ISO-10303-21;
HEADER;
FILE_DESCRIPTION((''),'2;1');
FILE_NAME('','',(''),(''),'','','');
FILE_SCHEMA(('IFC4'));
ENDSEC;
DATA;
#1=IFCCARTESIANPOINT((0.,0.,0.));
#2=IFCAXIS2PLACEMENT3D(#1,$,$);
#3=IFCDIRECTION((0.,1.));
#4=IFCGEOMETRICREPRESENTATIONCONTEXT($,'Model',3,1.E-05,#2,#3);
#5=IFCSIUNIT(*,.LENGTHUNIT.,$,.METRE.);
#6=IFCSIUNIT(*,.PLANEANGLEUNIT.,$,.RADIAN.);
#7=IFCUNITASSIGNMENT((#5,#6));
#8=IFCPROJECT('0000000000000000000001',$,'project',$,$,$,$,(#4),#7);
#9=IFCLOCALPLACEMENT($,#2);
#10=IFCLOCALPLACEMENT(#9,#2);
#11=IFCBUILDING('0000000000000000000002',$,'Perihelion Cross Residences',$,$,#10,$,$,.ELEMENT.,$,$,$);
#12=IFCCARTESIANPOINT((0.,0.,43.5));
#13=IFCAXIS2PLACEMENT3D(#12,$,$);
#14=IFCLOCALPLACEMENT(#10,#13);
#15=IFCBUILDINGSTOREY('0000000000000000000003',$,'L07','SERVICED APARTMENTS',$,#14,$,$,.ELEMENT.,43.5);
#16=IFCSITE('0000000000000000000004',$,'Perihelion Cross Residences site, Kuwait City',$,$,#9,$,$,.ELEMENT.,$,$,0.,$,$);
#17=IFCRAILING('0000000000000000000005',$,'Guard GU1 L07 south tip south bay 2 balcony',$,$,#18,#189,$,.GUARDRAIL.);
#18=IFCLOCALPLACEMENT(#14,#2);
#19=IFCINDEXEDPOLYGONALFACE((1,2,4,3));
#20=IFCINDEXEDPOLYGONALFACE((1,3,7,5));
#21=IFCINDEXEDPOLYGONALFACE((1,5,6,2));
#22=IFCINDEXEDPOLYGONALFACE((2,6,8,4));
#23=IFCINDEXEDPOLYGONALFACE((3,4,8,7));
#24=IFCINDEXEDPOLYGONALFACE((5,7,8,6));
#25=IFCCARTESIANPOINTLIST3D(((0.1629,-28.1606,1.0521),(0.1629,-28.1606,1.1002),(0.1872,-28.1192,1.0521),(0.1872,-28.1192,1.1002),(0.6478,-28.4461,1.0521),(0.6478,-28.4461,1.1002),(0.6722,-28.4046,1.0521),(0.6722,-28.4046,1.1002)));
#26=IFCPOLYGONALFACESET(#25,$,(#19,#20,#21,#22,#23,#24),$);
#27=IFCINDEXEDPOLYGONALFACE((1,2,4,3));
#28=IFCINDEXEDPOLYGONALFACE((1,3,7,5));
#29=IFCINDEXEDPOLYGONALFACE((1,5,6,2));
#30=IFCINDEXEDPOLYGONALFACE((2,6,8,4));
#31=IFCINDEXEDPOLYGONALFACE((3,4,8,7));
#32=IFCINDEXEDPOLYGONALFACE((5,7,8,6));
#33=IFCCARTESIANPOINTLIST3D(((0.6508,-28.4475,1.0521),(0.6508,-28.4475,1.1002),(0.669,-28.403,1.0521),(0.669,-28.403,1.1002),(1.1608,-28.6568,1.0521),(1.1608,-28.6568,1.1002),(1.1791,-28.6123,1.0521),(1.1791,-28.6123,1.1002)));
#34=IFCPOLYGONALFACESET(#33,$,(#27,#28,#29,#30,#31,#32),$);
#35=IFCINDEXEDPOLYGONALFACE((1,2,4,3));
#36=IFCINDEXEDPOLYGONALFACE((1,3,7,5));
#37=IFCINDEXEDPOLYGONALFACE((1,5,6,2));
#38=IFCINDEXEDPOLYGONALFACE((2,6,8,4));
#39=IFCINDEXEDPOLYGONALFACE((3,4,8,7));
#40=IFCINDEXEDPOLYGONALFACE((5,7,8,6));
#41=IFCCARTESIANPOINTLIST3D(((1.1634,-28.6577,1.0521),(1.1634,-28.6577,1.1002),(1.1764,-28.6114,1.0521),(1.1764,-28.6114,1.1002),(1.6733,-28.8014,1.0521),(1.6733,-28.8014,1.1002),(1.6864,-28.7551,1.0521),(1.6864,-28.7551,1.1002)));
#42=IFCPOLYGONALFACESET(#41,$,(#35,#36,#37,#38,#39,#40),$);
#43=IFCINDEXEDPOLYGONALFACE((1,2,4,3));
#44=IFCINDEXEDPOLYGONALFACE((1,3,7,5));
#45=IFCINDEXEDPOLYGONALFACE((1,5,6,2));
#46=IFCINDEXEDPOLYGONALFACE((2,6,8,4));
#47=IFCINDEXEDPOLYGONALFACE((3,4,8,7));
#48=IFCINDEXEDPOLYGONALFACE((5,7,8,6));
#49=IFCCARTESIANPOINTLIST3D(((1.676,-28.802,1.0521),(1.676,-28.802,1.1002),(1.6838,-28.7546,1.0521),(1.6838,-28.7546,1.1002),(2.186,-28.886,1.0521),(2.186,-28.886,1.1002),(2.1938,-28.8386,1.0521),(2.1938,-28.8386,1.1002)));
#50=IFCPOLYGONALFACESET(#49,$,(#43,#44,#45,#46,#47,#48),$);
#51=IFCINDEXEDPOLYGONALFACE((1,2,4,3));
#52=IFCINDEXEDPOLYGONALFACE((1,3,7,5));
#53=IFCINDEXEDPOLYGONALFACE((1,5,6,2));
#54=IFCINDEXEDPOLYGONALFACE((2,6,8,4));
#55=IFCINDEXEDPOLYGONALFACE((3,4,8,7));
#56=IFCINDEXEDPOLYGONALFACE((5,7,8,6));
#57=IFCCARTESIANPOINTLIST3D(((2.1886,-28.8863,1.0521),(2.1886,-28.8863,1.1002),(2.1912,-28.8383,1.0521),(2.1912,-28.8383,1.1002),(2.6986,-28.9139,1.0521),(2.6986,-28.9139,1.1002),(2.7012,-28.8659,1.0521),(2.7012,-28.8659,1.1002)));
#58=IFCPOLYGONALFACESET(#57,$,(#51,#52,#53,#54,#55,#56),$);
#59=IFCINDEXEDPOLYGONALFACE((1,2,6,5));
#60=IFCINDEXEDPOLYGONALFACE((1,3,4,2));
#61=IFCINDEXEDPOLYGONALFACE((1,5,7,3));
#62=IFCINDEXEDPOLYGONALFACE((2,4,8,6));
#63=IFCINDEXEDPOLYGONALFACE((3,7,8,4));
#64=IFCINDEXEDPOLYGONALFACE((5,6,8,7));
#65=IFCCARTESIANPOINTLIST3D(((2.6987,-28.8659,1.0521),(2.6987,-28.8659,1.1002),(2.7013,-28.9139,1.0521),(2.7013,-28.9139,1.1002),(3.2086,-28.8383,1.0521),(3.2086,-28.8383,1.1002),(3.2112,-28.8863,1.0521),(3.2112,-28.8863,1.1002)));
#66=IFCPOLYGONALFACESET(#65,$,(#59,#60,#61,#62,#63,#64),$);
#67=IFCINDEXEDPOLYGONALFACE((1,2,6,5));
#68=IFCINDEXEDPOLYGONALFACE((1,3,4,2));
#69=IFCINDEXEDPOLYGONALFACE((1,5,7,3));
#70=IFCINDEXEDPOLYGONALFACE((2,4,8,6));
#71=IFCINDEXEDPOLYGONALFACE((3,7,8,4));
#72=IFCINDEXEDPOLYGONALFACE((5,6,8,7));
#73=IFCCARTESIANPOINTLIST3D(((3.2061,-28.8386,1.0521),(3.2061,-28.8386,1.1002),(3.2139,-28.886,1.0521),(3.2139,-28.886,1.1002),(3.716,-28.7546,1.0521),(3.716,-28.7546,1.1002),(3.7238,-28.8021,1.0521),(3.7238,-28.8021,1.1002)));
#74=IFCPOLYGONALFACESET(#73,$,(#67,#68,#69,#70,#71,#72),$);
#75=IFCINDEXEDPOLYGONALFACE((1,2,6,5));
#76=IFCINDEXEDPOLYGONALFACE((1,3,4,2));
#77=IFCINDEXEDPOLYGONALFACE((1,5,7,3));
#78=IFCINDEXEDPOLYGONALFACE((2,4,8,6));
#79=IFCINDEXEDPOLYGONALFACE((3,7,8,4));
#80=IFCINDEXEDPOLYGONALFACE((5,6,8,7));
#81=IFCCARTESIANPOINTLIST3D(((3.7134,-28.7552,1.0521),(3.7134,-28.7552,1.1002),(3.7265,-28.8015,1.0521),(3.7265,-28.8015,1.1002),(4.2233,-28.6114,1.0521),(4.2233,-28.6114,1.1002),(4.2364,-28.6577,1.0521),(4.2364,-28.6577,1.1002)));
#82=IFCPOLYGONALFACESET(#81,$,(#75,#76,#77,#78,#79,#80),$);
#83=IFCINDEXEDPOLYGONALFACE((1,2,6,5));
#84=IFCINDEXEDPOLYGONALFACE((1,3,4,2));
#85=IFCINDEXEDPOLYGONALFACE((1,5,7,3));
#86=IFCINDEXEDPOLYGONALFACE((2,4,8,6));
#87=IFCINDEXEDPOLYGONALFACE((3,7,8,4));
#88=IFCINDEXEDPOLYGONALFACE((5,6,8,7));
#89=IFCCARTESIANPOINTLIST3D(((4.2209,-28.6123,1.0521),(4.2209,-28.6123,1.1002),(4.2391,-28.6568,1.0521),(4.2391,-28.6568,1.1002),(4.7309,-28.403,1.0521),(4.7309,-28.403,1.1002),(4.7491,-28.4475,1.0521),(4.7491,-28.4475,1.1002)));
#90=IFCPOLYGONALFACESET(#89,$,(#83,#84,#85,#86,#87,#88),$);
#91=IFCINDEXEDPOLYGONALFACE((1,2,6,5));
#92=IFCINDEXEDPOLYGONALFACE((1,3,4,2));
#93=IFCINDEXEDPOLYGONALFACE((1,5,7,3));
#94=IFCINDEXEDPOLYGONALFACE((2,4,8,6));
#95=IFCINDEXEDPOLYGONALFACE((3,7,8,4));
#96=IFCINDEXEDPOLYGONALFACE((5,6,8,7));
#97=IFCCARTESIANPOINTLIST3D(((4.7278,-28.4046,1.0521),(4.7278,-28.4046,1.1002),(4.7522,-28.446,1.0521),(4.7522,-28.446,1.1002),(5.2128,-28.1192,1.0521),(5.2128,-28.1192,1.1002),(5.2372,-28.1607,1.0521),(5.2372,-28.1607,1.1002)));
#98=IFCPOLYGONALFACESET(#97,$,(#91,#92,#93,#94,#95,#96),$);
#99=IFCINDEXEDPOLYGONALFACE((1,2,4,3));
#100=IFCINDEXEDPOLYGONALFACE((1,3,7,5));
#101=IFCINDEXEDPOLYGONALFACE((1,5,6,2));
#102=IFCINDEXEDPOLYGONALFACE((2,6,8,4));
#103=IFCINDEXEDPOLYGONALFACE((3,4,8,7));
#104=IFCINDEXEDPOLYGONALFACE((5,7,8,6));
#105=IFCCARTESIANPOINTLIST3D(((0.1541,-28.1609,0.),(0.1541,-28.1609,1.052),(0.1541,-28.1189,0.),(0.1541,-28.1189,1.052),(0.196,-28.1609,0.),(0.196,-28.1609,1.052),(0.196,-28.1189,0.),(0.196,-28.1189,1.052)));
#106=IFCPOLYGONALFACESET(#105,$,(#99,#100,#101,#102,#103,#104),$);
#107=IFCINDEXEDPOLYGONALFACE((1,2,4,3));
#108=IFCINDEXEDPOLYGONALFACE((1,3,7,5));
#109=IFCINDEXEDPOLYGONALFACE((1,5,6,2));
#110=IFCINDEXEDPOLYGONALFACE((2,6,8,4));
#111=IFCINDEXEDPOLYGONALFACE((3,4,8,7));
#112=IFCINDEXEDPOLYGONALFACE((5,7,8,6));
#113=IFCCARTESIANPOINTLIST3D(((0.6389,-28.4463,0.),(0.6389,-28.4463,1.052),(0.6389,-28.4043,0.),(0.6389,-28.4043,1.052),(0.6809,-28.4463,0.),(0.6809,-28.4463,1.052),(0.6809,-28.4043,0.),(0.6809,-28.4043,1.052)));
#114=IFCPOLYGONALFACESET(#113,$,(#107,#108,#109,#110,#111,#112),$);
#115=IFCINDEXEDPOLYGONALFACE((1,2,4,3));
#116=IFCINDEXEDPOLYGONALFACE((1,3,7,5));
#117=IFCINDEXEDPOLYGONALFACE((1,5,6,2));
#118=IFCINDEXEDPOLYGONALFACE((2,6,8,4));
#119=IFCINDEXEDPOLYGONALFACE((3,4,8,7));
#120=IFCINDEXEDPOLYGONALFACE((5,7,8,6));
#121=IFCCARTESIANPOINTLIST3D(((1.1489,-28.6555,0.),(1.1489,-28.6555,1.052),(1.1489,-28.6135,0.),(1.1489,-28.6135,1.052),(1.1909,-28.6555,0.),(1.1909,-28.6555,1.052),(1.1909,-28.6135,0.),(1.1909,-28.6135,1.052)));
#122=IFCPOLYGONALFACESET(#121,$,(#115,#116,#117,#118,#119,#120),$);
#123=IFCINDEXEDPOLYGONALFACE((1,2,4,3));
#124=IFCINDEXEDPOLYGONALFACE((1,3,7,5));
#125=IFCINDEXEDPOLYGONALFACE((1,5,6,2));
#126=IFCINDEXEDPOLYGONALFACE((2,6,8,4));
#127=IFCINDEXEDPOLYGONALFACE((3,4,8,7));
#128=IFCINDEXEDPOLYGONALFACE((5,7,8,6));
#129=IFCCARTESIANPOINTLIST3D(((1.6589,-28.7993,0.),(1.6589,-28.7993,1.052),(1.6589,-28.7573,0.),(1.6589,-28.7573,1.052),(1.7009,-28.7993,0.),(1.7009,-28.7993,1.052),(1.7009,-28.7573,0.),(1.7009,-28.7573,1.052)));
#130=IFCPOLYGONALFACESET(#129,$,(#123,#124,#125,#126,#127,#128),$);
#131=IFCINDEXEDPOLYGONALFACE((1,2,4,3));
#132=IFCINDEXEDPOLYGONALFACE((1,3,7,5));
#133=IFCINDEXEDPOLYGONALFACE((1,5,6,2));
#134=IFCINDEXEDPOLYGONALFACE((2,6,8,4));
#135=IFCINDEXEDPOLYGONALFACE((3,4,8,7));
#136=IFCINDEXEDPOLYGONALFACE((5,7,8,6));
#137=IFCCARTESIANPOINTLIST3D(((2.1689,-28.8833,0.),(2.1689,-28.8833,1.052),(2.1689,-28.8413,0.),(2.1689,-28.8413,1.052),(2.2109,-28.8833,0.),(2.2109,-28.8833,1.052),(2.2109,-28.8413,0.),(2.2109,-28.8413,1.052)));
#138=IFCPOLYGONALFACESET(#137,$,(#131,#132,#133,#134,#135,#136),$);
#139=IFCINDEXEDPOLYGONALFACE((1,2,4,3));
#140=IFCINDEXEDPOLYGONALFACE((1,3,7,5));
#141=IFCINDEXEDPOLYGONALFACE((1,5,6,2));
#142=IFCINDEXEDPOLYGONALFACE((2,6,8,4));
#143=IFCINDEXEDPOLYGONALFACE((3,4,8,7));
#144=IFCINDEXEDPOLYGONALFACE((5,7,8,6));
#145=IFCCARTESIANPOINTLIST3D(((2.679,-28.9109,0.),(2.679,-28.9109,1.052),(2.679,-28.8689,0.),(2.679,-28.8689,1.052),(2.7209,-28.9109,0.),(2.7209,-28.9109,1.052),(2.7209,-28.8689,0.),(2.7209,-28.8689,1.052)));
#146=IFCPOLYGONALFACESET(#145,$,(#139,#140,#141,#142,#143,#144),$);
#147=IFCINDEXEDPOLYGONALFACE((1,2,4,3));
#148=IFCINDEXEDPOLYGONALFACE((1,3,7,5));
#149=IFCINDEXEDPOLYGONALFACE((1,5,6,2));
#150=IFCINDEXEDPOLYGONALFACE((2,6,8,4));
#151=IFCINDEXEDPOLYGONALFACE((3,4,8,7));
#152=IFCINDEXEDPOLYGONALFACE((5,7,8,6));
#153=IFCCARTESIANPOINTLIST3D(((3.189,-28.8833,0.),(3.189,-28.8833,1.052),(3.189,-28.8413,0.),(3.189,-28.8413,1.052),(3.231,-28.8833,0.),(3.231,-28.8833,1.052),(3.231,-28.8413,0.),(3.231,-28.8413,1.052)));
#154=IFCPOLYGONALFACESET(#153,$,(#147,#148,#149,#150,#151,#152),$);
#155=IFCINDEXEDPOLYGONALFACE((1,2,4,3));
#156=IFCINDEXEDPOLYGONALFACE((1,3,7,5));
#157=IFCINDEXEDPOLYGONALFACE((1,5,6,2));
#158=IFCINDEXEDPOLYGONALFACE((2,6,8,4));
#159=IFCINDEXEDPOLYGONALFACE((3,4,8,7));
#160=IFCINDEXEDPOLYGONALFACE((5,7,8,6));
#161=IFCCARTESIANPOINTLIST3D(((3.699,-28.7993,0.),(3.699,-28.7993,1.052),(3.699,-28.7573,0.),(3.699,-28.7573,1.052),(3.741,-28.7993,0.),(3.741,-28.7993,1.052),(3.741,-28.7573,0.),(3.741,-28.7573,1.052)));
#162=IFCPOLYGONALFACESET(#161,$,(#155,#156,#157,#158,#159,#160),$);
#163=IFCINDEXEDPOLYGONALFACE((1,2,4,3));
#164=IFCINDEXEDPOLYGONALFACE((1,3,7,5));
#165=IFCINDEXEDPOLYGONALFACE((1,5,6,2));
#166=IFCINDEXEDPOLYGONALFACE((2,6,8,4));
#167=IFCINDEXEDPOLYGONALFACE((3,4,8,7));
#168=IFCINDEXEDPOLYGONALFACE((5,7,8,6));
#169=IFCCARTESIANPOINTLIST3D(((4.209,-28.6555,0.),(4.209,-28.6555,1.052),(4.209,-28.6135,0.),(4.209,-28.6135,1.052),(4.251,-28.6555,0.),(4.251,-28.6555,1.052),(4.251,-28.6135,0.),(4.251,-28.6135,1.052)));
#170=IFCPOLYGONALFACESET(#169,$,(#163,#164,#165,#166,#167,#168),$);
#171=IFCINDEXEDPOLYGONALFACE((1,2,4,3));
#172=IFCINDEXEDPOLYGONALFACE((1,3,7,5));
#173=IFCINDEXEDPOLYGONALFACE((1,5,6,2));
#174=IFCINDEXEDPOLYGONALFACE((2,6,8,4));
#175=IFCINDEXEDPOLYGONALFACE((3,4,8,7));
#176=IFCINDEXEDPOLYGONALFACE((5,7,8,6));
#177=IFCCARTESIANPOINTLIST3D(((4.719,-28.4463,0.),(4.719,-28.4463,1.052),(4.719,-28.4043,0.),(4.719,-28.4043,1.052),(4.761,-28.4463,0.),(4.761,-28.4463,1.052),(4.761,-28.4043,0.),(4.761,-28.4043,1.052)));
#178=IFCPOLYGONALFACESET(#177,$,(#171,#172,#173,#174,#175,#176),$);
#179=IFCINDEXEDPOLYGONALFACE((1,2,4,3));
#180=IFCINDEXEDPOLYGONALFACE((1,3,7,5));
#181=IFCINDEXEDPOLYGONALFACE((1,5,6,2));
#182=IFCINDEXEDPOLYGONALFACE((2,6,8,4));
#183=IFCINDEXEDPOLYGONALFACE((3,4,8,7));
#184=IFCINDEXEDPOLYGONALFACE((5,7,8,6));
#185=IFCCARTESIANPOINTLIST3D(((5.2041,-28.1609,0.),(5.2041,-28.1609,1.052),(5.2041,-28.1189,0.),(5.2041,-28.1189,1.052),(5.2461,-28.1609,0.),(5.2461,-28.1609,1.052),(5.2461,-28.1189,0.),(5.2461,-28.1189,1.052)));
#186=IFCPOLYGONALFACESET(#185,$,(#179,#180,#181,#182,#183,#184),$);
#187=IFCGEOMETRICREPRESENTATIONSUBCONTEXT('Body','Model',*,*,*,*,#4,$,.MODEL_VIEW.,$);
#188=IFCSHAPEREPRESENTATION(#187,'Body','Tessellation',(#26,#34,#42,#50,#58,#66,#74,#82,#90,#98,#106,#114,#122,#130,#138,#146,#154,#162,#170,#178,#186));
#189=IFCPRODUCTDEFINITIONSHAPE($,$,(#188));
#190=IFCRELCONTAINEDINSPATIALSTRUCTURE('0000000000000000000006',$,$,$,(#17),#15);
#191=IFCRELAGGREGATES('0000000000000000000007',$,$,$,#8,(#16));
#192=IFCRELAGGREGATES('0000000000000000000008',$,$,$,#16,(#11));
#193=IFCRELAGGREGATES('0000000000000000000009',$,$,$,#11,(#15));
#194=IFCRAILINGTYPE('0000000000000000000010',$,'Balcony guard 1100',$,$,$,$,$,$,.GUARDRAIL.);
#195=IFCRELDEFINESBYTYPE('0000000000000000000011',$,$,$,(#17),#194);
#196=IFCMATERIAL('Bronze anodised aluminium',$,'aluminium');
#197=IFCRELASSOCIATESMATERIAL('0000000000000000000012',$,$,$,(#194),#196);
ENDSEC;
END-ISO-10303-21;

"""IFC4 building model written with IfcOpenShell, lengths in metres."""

from ifc_helpers import new_model, si_unit, direction, frame, origin, origin_2d, place, context, subcontext, project, spatial, rectangle, extrude, material, type_object, element, save


model = new_model("IFC4")

# Units and contexts
model_context = context("Model", 3, precision=1e-05, world=origin(), true_north=direction((0.0, 1.0)))
body_context = subcontext(model_context, "Body", "Model", "MODEL_VIEW")
ifc_project = project(units=[si_unit("LENGTHUNIT", "METRE"), si_unit("PLANEANGLEUNIT", "RADIAN")], contexts=[model_context])

# Site, building, storey
site_placement = place(None, origin())
site = spatial("IfcSite", under=ifc_project, at=site_placement, Name="Perihelion Cross Residences site, Kuwait City", CompositionType="ELEMENT", RefElevation=0.0)
building_placement = place(site_placement, origin())
building = spatial("IfcBuilding", under=site, at=building_placement, Name="Perihelion Cross Residences", CompositionType="ELEMENT")
storey_placement = place(building_placement, frame((0.0, 0.0, 43.5)))
storey = spatial("IfcBuildingStorey", under=building, at=storey_placement, Name="L07", Description="SERVICED APARTMENTS", CompositionType="ELEMENT", Elevation=43.5)

# Railing
ifc_material_1 = material(Name="Bronze anodised aluminium", Category="aluminium")
railing_type = type_object("IfcRailingType", Name="Balcony guard 1100", PredefinedType="GUARDRAIL", material=ifc_material_1)
railing_placement = place(storey_placement, frame((0.175, -28.1399, 0.0)))
element("IfcRailing", 1, at=railing_placement, inside=storey, type_object=railing_type, Name="Guard GU1 L07 south tip south bay 2 balcony", PredefinedType="GUARDRAIL", context=body_context, shape_type="SweptSolid", body=[
    extrude(rectangle(XDim=0.0481, YDim=0.0481, at=origin_2d()), frame((0.0, 0.0, 1.0762), z_axis=(0.861789, -0.507267, 0.0), x_axis=(0.507267, 0.861789, 0.0)), (0.0, 0.0, 1.0), 0.5627),
    extrude(rectangle(XDim=0.0481, YDim=0.0481, at=origin_2d()), frame((0.4849, -0.2854, 1.0762), z_axis=(0.925173, -0.379547, 0.0), x_axis=(0.379547, 0.925173, 0.0)), (0.0, 0.0, 1.0), 0.5513),
    extrude(rectangle(XDim=0.0481, YDim=0.0481, at=origin_2d()), frame((0.9949, -0.4946, 1.0762), z_axis=(0.962474, -0.271373, 0.0), x_axis=(0.271373, 0.962474, 0.0)), (0.0, 0.0, 1.0), 0.5298),
    extrude(rectangle(XDim=0.0481, YDim=0.0481, at=origin_2d()), frame((1.5049, -0.6384, 1.0762), z_axis=(0.986711, -0.162484, 0.0), x_axis=(0.162484, 0.986711, 0.0)), (0.0, 0.0, 1.0), 0.5168),
    extrude(rectangle(XDim=0.0481, YDim=0.0481, at=origin_2d()), frame((2.0149, -0.7224, 1.0762), z_axis=(0.99854, -0.054014, 0.0), x_axis=(0.054014, 0.99854, 0.0)), (0.0, 0.0, 1.0), 0.5107),
    extrude(rectangle(XDim=0.0481, YDim=0.0481, at=origin_2d()), frame((2.5249, -0.75, 1.0762), z_axis=(0.99854, 0.054014, 0.0), x_axis=(-0.054014, 0.99854, 0.0)), (0.0, 0.0, 1.0), 0.5107),
    extrude(rectangle(XDim=0.0481, YDim=0.0481, at=origin_2d()), frame((3.0349, -0.7224, 1.0762), z_axis=(0.986711, 0.162484, 0.0), x_axis=(-0.162484, 0.986711, 0.0)), (0.0, 0.0, 1.0), 0.5168),
    extrude(rectangle(XDim=0.0481, YDim=0.0481, at=origin_2d()), frame((3.5449, -0.6384, 1.0762), z_axis=(0.962474, 0.271373, 0.0), x_axis=(-0.271373, 0.962474, 0.0)), (0.0, 0.0, 1.0), 0.5298),
    extrude(rectangle(XDim=0.0481, YDim=0.0481, at=origin_2d()), frame((4.0549, -0.4946, 1.0762), z_axis=(0.925173, 0.379547, 0.0), x_axis=(-0.379547, 0.925173, 0.0)), (0.0, 0.0, 1.0), 0.5513),
    extrude(rectangle(XDim=0.0481, YDim=0.0481, at=origin_2d()), frame((4.5649, -0.2854, 1.0762), z_axis=(0.861901, 0.507077, 0.0), x_axis=(-0.507077, 0.861901, 0.0)), (0.0, 0.0, 1.0), 0.5627),
    extrude(rectangle(XDim=0.042, YDim=0.042, at=origin_2d()), origin(), (0.0, 0.0, 1.0), 1.052),
    extrude(rectangle(XDim=0.042, YDim=0.042, at=origin_2d()), frame((0.4849, -0.2854, 0.0)), (0.0, 0.0, 1.0), 1.052),
    extrude(rectangle(XDim=0.042, YDim=0.042, at=origin_2d()), frame((0.9949, -0.4946, 0.0)), (0.0, 0.0, 1.0), 1.052),
    extrude(rectangle(XDim=0.042, YDim=0.042, at=origin_2d()), frame((1.5049, -0.6384, 0.0)), (0.0, 0.0, 1.0), 1.052),
    extrude(rectangle(XDim=0.042, YDim=0.042, at=origin_2d()), frame((2.0149, -0.7224, 0.0)), (0.0, 0.0, 1.0), 1.052),
    extrude(rectangle(XDim=0.042, YDim=0.042, at=origin_2d()), frame((2.5249, -0.75, 0.0)), (0.0, 0.0, 1.0), 1.052),
    extrude(rectangle(XDim=0.042, YDim=0.042, at=origin_2d()), frame((3.0349, -0.7224, 0.0)), (0.0, 0.0, 1.0), 1.052),
    extrude(rectangle(XDim=0.042, YDim=0.042, at=origin_2d()), frame((3.5449, -0.6384, 0.0)), (0.0, 0.0, 1.0), 1.052),
    extrude(rectangle(XDim=0.042, YDim=0.042, at=origin_2d()), frame((4.0549, -0.4946, 0.0)), (0.0, 0.0, 1.0), 1.052),
    extrude(rectangle(XDim=0.042, YDim=0.042, at=origin_2d()), frame((4.5649, -0.2854, 0.0)), (0.0, 0.0, 1.0), 1.052),
    extrude(rectangle(XDim=0.042, YDim=0.042, at=origin_2d()), frame((5.05, 0.0, 0.0)), (0.0, 0.0, 1.0), 1.052),
])

save(model, "model.ifc")
